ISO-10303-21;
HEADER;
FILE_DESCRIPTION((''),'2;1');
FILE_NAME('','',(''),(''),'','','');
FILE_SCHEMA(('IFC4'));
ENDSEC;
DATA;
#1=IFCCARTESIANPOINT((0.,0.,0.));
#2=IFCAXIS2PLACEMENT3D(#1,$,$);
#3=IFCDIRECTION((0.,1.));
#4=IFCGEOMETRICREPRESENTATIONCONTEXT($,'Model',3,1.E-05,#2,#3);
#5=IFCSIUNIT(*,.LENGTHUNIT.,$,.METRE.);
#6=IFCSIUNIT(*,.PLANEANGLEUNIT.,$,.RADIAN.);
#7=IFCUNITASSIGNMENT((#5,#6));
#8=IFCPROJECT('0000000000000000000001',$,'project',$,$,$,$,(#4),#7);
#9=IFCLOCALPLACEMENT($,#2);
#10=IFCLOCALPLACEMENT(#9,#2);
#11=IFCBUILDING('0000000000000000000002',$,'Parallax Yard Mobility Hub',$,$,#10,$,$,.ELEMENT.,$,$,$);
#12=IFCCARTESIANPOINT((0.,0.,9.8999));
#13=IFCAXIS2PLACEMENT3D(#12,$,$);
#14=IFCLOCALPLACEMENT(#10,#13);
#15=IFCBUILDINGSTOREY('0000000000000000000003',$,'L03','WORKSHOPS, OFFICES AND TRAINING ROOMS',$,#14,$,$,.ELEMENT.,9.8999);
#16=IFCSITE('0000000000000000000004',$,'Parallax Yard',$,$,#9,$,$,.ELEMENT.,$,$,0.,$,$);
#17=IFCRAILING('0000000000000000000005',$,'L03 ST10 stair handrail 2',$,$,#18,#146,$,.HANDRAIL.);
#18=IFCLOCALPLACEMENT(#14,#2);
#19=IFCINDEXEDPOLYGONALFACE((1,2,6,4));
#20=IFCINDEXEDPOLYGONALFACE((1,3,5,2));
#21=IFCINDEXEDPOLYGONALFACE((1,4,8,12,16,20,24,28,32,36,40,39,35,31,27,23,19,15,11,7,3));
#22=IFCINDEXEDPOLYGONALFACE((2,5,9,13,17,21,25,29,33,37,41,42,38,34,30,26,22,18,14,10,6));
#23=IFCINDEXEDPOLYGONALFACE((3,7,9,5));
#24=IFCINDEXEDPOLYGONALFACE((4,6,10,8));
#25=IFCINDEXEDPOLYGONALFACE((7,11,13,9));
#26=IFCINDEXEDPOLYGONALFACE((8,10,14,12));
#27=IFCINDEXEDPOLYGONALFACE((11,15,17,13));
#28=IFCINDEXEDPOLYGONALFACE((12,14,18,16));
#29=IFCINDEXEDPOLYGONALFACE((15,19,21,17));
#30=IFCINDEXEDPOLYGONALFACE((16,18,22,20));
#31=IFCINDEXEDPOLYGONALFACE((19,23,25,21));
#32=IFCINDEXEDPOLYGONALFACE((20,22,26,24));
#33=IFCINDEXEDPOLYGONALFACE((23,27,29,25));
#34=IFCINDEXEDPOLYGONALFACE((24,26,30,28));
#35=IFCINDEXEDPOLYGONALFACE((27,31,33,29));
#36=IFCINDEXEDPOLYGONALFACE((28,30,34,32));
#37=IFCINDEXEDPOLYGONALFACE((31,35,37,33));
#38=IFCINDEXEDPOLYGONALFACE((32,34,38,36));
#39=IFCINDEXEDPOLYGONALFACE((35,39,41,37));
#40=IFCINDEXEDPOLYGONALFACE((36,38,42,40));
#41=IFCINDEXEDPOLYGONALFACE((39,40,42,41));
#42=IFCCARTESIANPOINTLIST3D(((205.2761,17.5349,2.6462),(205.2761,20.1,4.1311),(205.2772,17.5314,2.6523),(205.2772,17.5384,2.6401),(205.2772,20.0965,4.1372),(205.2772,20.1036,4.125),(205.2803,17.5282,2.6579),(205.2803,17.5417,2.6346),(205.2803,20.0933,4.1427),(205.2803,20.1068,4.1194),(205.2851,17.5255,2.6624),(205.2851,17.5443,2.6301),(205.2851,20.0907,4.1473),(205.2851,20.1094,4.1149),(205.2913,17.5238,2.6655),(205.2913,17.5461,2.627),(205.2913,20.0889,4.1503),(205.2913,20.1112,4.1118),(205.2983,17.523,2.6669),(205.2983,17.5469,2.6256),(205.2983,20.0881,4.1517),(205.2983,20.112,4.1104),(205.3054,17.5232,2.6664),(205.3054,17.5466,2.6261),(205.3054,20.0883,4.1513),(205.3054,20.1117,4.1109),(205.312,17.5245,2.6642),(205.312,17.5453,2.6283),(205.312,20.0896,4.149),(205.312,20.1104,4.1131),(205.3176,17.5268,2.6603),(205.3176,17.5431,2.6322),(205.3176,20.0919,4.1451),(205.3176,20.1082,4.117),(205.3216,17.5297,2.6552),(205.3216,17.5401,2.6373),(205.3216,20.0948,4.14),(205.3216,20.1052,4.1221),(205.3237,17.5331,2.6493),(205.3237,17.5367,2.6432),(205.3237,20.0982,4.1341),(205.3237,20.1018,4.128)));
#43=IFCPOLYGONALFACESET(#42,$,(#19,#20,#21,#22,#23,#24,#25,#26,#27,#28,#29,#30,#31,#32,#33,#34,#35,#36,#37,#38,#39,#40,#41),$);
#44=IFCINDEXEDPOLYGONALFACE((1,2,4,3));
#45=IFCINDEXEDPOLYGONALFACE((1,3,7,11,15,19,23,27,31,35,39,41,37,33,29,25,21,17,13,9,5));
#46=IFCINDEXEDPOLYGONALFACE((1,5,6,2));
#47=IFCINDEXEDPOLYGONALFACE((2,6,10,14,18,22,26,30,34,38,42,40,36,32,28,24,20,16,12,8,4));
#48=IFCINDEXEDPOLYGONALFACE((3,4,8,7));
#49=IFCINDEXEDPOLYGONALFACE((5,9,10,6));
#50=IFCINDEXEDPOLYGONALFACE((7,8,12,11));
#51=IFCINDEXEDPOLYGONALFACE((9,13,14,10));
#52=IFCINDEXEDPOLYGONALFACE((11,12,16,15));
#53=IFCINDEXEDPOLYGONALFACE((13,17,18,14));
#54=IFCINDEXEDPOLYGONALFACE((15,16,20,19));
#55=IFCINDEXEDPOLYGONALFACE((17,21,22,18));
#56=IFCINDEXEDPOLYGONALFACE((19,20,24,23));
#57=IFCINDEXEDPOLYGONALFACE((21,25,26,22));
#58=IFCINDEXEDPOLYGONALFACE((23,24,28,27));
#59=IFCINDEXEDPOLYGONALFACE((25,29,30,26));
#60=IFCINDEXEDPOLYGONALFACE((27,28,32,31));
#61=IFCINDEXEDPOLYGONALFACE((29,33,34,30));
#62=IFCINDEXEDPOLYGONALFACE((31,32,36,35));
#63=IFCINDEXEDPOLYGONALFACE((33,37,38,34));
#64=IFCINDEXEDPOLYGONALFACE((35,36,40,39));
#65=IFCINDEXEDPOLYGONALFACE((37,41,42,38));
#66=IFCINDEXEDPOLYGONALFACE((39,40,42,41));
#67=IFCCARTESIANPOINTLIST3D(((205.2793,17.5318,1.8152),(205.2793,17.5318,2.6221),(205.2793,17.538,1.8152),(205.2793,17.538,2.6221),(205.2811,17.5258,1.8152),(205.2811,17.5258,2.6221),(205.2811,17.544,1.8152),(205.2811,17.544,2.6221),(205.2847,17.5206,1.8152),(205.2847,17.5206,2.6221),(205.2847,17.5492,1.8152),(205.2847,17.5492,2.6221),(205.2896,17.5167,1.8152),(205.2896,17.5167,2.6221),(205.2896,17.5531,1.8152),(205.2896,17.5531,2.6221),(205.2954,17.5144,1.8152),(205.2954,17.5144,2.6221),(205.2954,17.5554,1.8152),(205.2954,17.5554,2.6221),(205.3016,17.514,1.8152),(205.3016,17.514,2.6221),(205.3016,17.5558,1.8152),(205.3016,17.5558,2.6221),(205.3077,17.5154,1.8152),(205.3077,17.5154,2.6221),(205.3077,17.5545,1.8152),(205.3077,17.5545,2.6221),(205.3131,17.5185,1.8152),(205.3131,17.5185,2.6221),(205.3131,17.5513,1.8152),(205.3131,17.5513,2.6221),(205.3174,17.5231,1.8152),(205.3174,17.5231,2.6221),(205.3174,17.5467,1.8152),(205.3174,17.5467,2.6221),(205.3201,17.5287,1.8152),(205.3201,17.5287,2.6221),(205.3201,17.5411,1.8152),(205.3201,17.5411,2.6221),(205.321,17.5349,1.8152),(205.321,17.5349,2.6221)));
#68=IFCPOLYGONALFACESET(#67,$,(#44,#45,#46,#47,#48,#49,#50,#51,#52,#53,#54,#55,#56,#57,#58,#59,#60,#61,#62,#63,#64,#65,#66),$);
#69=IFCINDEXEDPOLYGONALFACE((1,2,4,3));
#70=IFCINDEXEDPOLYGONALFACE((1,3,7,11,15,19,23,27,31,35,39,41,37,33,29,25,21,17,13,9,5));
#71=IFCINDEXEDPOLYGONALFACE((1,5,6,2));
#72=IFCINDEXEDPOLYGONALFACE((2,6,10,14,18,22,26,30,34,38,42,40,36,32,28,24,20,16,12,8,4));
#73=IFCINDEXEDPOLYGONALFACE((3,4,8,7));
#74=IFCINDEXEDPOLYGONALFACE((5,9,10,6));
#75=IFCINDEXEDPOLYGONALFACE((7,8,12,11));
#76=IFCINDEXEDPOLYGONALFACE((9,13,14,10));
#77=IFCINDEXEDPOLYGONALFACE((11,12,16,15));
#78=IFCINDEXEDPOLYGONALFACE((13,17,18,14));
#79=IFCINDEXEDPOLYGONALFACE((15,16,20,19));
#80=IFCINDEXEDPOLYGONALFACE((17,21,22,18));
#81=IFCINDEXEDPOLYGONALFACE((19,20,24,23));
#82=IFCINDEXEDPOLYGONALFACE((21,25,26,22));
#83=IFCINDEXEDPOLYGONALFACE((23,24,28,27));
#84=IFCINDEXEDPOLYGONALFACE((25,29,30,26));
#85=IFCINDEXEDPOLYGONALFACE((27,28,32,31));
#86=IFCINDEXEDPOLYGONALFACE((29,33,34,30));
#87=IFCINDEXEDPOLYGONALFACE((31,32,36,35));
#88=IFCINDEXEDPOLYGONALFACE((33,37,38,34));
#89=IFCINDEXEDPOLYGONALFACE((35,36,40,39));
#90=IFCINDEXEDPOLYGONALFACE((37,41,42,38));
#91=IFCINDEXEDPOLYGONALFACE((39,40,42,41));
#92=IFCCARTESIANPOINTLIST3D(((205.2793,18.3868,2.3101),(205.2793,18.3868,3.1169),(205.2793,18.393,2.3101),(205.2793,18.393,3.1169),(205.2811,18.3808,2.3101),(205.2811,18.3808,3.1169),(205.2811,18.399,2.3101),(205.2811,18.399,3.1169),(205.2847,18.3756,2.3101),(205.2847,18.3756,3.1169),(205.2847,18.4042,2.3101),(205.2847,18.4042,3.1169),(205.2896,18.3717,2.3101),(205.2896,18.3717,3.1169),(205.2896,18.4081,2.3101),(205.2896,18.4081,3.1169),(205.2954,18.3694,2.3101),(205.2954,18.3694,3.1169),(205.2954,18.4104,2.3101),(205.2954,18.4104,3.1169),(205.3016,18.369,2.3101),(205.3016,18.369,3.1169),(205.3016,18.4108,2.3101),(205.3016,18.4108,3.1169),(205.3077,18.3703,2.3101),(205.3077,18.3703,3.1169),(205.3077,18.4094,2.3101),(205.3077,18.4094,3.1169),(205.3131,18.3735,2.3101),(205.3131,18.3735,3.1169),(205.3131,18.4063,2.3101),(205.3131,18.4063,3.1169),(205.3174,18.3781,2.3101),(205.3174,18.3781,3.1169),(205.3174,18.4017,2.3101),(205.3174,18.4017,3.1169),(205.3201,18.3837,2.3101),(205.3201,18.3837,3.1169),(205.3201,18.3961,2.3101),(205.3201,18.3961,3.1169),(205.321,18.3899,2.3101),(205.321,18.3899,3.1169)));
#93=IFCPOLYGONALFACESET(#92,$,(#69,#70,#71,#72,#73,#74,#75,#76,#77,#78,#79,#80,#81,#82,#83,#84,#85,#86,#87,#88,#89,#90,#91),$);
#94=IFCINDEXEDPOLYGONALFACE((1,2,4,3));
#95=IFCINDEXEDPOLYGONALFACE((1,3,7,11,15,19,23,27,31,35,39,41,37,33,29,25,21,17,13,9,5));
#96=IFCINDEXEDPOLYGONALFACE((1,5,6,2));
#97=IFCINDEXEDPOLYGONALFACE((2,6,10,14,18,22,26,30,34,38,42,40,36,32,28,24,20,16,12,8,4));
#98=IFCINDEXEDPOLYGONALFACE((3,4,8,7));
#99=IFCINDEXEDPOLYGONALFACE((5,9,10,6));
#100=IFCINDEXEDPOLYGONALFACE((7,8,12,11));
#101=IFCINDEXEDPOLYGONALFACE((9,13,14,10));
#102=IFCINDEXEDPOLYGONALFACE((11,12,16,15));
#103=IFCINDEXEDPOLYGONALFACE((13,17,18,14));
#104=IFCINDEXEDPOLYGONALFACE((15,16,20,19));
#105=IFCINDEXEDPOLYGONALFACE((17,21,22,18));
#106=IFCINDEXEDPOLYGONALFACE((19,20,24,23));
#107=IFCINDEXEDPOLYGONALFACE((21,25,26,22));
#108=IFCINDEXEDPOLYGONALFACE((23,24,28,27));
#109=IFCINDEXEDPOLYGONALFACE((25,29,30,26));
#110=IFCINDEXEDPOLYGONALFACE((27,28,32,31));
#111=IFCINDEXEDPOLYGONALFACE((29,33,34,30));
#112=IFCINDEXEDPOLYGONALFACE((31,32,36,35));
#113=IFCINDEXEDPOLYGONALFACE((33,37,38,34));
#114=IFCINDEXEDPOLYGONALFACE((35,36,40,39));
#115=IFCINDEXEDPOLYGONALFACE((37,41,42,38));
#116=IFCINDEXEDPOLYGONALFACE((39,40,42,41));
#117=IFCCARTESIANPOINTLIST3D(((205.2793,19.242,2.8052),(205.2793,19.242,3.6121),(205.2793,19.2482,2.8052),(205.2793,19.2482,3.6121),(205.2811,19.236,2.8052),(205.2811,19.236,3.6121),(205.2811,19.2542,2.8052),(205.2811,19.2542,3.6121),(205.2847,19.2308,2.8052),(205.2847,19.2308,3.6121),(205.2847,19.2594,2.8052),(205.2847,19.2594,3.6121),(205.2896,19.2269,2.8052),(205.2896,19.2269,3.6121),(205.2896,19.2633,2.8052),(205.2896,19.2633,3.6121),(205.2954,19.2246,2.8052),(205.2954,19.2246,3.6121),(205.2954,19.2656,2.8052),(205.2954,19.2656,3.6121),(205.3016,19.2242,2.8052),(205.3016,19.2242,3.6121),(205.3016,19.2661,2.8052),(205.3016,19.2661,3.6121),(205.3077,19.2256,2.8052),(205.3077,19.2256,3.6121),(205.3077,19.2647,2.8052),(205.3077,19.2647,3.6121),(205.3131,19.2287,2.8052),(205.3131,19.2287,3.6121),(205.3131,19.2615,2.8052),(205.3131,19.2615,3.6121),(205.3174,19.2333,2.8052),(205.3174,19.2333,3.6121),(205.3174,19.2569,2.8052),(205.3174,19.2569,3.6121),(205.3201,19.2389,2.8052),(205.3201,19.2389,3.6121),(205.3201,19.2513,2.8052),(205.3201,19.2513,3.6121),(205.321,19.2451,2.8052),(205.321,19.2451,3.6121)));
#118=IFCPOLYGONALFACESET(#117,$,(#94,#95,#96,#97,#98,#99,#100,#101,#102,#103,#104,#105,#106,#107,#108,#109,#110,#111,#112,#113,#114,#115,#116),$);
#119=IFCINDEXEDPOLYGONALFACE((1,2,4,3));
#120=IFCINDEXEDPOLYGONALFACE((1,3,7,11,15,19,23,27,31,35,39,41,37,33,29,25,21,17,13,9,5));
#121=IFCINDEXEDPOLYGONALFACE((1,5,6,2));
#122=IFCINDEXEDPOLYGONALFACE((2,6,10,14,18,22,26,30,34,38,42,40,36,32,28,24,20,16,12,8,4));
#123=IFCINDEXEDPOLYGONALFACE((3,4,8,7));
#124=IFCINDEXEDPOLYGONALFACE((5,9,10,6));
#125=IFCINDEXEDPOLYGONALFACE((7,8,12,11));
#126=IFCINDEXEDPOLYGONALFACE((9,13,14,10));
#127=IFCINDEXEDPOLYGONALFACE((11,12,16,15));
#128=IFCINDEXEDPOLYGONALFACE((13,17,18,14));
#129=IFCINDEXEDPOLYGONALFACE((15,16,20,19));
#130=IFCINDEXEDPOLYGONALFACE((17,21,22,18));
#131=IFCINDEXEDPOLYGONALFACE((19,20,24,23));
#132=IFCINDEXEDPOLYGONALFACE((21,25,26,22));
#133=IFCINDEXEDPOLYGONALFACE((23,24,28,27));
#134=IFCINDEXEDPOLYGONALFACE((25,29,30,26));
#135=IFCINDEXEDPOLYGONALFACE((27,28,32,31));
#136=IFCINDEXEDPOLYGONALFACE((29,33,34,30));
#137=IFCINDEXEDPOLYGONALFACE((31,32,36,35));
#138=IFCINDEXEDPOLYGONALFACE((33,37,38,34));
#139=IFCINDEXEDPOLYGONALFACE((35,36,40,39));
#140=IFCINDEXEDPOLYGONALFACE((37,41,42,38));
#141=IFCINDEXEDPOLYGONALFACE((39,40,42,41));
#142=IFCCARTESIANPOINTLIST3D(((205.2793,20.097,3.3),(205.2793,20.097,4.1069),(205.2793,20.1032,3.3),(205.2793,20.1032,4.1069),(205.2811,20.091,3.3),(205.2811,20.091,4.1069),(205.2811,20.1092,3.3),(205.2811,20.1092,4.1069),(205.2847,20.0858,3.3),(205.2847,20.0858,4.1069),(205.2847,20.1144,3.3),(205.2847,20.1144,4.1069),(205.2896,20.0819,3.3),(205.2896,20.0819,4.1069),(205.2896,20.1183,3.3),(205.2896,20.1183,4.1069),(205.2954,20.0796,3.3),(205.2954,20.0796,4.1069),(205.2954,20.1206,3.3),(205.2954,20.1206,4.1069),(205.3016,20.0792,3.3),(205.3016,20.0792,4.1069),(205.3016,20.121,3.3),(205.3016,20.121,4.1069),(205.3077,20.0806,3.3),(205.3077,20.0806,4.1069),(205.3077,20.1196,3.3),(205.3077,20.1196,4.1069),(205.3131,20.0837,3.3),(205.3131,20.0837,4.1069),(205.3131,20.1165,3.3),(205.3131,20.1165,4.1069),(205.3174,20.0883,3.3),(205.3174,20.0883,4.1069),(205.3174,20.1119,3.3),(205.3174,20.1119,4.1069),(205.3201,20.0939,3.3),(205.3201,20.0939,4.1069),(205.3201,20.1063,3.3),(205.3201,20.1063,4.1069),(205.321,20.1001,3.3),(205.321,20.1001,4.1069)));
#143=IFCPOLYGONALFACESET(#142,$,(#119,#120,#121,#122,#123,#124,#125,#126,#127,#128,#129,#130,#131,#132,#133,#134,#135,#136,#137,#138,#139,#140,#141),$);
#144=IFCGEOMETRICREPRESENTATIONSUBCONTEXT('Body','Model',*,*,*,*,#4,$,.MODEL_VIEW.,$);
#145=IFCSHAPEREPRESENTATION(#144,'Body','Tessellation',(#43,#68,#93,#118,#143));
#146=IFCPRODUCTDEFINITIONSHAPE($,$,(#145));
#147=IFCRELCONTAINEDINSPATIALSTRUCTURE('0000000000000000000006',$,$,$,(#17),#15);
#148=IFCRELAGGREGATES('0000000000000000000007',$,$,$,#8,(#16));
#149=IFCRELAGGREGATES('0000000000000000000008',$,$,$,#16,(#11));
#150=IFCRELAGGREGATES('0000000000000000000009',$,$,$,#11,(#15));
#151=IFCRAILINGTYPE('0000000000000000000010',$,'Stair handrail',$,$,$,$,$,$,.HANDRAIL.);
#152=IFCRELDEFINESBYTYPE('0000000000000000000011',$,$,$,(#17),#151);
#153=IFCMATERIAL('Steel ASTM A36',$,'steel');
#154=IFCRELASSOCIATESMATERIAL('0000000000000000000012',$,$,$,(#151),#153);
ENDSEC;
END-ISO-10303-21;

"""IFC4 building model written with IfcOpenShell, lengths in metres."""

from ifc_helpers import new_model, si_unit, direction, frame, origin, origin_2d, place, context, subcontext, project, spatial, circle, extrude, material, type_object, element, save


model = new_model("IFC4")

# Units and contexts
model_context = context("Model", 3, precision=1e-05, world=origin(), true_north=direction((0.0, 1.0)))
body_context = subcontext(model_context, "Body", "Model", "MODEL_VIEW")
ifc_project = project(units=[si_unit("LENGTHUNIT", "METRE"), si_unit("PLANEANGLEUNIT", "RADIAN")], contexts=[model_context])

# Site, building, storey
site_placement = place(None, origin())
site = spatial("IfcSite", under=ifc_project, at=site_placement, Name="Parallax Yard", CompositionType="ELEMENT", RefElevation=0.0)
building_placement = place(site_placement, origin())
building = spatial("IfcBuilding", under=site, at=building_placement, Name="Parallax Yard Mobility Hub", CompositionType="ELEMENT")
storey_placement = place(building_placement, frame((0.0, 0.0, 9.8999)))
storey = spatial("IfcBuildingStorey", under=building, at=storey_placement, Name="L03", Description="WORKSHOPS, OFFICES AND TRAINING ROOMS", CompositionType="ELEMENT", Elevation=9.8999)

# Railing
ifc_material_1 = material(Name="Steel ASTM A36", Category="steel")
railing_type_1 = type_object("IfcRailingType", Name="Stair handrail", PredefinedType="HANDRAIL", material=ifc_material_1)
for number, where, name in (
    (1, (205.3, 17.5349, 1.8152), "L03 ST10 stair handrail 2"),
):
    element("IfcRailing", number, at=place(storey_placement, frame(where)), inside=storey, type_object=railing_type_1, Name=name, PredefinedType="HANDRAIL", context=body_context, shape_type="SweptSolid", body=[
        extrude(circle(Radius=0.0239, at=origin_2d()), frame((0.0, 0.0, 0.8311), z_axis=(0.0, 0.865462, 0.500975), x_axis=(-1.0, 0.0, 0.0)), (0.0, 0.0, 1.0), 2.9639),
        extrude(circle(Radius=0.021, at=origin_2d()), origin(), (0.0, 0.0, 1.0), 0.8069),
        extrude(circle(Radius=0.021, at=origin_2d()), frame((0.0, 0.855, 0.4949)), (0.0, 0.0, 1.0), 0.8069),
        extrude(circle(Radius=0.021, at=origin_2d()), frame((0.0, 1.7102, 0.99)), (0.0, 0.0, 1.0), 0.8069),
        extrude(circle(Radius=0.021, at=origin_2d()), frame((0.0, 2.5652, 1.4849)), (0.0, 0.0, 1.0), 0.8069),
    ])

save(model, "model.ifc")
